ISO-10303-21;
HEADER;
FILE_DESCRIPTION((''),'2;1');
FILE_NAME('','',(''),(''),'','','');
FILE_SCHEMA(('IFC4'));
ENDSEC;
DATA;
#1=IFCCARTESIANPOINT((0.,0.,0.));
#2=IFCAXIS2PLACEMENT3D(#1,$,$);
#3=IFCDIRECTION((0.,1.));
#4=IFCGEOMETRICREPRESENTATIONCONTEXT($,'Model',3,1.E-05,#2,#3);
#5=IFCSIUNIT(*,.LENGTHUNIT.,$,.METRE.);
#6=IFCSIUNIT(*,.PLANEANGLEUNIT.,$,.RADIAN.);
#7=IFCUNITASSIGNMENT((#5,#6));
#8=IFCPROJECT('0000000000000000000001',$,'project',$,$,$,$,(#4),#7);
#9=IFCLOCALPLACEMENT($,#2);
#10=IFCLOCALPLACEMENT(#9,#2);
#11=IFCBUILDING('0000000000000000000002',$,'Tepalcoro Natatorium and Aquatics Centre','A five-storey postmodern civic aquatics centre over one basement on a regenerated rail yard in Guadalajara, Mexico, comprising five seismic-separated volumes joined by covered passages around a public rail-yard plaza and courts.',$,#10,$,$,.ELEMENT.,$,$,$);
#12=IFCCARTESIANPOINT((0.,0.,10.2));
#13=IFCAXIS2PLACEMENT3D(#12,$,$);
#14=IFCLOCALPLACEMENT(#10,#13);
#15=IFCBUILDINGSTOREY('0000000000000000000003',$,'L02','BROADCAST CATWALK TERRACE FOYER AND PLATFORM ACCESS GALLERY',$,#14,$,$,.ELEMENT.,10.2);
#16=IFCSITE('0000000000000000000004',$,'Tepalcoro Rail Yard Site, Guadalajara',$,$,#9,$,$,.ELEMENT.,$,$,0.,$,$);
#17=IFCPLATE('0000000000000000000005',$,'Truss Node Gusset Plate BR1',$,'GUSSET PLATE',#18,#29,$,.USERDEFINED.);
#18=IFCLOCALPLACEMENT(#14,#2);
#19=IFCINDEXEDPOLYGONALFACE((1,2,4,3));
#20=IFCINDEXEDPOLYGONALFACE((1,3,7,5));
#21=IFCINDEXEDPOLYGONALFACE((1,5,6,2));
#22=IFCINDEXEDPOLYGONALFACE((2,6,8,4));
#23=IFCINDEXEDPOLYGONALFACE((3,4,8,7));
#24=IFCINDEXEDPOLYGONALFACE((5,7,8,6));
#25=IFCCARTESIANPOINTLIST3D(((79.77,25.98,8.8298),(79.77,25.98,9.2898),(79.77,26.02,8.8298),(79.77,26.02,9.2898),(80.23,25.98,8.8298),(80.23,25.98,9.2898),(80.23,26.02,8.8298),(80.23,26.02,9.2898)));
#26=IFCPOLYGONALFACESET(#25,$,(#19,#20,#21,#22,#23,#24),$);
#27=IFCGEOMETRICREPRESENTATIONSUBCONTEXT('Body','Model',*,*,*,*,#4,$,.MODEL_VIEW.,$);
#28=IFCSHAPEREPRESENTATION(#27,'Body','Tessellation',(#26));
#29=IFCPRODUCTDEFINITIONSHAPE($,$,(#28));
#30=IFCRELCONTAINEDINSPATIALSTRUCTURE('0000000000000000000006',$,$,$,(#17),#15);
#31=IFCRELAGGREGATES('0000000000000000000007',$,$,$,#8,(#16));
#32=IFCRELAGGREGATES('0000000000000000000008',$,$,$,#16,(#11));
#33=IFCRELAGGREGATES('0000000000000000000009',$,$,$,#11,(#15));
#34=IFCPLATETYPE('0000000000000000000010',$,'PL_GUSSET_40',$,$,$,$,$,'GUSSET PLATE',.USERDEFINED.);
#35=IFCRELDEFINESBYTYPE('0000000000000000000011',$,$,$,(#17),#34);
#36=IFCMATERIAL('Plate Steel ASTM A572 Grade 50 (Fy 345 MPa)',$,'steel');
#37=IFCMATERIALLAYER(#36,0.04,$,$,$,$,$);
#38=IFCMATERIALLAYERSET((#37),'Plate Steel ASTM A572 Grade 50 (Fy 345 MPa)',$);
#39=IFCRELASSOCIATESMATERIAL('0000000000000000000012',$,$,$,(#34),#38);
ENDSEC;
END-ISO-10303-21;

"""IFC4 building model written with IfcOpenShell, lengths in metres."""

from ifc_helpers import new_model, si_unit, direction, frame, origin, origin_2d, place, context, subcontext, project, spatial, rectangle, extrude, material, layer, layer_set, type_object, element, save


model = new_model("IFC4")

# Units and contexts
model_context = context("Model", 3, precision=1e-05, world=origin(), true_north=direction((0.0, 1.0)))
body_context = subcontext(model_context, "Body", "Model", "MODEL_VIEW")
ifc_project = project(units=[si_unit("LENGTHUNIT", "METRE"), si_unit("PLANEANGLEUNIT", "RADIAN")], contexts=[model_context])

# Site, building, storey
site_placement = place(None, origin())
site = spatial("IfcSite", under=ifc_project, at=site_placement, Name="Tepalcoro Rail Yard Site, Guadalajara", CompositionType="ELEMENT", RefElevation=0.0)
building_placement = place(site_placement, origin())
building = spatial("IfcBuilding", under=site, at=building_placement, Name="Tepalcoro Natatorium and Aquatics Centre", Description="A five-storey postmodern civic aquatics centre over one basement on a regenerated rail yard in Guadalajara, Mexico, comprising five seismic-separated volumes joined by covered passages around a public rail-yard plaza and courts.", CompositionType="ELEMENT")
storey_placement = place(building_placement, frame((0.0, 0.0, 10.2)))
storey = spatial("IfcBuildingStorey", under=building, at=storey_placement, Name="L02", Description="BROADCAST CATWALK TERRACE FOYER AND PLATFORM ACCESS GALLERY", CompositionType="ELEMENT", Elevation=10.2)

# Plate
ifc_material_1 = material(Name="Plate Steel ASTM A572 Grade 50 (Fy 345 MPa)", Category="steel")
ifc_layer = layer(ifc_material_1, 0.04)
ifc_layer_set = layer_set([ifc_layer], Name="Plate Steel ASTM A572 Grade 50 (Fy 345 MPa)")
plate_type = type_object("IfcPlateType", Name="PL_GUSSET_40", ElementType="GUSSET PLATE", PredefinedType="USERDEFINED", material=ifc_layer_set)
plate_1_placement = place(storey_placement, frame((80.0, 26.0, 8.8298), z_axis=(0.0, 0.0, 1.0), x_axis=(1.0, 0.0, 0.0)))
element("IfcPlate", 1, at=plate_1_placement, inside=storey, type_object=plate_type, Name="Truss Node Gusset Plate BR1", ObjectType="GUSSET PLATE", PredefinedType="USERDEFINED", context=body_context, shape_type="SweptSolid", body=[
    extrude(rectangle(XDim=0.46, YDim=0.04, at=origin_2d()), origin(), (0.0, 0.0, 1.0), 0.46),
])

save(model, "model.ifc")
